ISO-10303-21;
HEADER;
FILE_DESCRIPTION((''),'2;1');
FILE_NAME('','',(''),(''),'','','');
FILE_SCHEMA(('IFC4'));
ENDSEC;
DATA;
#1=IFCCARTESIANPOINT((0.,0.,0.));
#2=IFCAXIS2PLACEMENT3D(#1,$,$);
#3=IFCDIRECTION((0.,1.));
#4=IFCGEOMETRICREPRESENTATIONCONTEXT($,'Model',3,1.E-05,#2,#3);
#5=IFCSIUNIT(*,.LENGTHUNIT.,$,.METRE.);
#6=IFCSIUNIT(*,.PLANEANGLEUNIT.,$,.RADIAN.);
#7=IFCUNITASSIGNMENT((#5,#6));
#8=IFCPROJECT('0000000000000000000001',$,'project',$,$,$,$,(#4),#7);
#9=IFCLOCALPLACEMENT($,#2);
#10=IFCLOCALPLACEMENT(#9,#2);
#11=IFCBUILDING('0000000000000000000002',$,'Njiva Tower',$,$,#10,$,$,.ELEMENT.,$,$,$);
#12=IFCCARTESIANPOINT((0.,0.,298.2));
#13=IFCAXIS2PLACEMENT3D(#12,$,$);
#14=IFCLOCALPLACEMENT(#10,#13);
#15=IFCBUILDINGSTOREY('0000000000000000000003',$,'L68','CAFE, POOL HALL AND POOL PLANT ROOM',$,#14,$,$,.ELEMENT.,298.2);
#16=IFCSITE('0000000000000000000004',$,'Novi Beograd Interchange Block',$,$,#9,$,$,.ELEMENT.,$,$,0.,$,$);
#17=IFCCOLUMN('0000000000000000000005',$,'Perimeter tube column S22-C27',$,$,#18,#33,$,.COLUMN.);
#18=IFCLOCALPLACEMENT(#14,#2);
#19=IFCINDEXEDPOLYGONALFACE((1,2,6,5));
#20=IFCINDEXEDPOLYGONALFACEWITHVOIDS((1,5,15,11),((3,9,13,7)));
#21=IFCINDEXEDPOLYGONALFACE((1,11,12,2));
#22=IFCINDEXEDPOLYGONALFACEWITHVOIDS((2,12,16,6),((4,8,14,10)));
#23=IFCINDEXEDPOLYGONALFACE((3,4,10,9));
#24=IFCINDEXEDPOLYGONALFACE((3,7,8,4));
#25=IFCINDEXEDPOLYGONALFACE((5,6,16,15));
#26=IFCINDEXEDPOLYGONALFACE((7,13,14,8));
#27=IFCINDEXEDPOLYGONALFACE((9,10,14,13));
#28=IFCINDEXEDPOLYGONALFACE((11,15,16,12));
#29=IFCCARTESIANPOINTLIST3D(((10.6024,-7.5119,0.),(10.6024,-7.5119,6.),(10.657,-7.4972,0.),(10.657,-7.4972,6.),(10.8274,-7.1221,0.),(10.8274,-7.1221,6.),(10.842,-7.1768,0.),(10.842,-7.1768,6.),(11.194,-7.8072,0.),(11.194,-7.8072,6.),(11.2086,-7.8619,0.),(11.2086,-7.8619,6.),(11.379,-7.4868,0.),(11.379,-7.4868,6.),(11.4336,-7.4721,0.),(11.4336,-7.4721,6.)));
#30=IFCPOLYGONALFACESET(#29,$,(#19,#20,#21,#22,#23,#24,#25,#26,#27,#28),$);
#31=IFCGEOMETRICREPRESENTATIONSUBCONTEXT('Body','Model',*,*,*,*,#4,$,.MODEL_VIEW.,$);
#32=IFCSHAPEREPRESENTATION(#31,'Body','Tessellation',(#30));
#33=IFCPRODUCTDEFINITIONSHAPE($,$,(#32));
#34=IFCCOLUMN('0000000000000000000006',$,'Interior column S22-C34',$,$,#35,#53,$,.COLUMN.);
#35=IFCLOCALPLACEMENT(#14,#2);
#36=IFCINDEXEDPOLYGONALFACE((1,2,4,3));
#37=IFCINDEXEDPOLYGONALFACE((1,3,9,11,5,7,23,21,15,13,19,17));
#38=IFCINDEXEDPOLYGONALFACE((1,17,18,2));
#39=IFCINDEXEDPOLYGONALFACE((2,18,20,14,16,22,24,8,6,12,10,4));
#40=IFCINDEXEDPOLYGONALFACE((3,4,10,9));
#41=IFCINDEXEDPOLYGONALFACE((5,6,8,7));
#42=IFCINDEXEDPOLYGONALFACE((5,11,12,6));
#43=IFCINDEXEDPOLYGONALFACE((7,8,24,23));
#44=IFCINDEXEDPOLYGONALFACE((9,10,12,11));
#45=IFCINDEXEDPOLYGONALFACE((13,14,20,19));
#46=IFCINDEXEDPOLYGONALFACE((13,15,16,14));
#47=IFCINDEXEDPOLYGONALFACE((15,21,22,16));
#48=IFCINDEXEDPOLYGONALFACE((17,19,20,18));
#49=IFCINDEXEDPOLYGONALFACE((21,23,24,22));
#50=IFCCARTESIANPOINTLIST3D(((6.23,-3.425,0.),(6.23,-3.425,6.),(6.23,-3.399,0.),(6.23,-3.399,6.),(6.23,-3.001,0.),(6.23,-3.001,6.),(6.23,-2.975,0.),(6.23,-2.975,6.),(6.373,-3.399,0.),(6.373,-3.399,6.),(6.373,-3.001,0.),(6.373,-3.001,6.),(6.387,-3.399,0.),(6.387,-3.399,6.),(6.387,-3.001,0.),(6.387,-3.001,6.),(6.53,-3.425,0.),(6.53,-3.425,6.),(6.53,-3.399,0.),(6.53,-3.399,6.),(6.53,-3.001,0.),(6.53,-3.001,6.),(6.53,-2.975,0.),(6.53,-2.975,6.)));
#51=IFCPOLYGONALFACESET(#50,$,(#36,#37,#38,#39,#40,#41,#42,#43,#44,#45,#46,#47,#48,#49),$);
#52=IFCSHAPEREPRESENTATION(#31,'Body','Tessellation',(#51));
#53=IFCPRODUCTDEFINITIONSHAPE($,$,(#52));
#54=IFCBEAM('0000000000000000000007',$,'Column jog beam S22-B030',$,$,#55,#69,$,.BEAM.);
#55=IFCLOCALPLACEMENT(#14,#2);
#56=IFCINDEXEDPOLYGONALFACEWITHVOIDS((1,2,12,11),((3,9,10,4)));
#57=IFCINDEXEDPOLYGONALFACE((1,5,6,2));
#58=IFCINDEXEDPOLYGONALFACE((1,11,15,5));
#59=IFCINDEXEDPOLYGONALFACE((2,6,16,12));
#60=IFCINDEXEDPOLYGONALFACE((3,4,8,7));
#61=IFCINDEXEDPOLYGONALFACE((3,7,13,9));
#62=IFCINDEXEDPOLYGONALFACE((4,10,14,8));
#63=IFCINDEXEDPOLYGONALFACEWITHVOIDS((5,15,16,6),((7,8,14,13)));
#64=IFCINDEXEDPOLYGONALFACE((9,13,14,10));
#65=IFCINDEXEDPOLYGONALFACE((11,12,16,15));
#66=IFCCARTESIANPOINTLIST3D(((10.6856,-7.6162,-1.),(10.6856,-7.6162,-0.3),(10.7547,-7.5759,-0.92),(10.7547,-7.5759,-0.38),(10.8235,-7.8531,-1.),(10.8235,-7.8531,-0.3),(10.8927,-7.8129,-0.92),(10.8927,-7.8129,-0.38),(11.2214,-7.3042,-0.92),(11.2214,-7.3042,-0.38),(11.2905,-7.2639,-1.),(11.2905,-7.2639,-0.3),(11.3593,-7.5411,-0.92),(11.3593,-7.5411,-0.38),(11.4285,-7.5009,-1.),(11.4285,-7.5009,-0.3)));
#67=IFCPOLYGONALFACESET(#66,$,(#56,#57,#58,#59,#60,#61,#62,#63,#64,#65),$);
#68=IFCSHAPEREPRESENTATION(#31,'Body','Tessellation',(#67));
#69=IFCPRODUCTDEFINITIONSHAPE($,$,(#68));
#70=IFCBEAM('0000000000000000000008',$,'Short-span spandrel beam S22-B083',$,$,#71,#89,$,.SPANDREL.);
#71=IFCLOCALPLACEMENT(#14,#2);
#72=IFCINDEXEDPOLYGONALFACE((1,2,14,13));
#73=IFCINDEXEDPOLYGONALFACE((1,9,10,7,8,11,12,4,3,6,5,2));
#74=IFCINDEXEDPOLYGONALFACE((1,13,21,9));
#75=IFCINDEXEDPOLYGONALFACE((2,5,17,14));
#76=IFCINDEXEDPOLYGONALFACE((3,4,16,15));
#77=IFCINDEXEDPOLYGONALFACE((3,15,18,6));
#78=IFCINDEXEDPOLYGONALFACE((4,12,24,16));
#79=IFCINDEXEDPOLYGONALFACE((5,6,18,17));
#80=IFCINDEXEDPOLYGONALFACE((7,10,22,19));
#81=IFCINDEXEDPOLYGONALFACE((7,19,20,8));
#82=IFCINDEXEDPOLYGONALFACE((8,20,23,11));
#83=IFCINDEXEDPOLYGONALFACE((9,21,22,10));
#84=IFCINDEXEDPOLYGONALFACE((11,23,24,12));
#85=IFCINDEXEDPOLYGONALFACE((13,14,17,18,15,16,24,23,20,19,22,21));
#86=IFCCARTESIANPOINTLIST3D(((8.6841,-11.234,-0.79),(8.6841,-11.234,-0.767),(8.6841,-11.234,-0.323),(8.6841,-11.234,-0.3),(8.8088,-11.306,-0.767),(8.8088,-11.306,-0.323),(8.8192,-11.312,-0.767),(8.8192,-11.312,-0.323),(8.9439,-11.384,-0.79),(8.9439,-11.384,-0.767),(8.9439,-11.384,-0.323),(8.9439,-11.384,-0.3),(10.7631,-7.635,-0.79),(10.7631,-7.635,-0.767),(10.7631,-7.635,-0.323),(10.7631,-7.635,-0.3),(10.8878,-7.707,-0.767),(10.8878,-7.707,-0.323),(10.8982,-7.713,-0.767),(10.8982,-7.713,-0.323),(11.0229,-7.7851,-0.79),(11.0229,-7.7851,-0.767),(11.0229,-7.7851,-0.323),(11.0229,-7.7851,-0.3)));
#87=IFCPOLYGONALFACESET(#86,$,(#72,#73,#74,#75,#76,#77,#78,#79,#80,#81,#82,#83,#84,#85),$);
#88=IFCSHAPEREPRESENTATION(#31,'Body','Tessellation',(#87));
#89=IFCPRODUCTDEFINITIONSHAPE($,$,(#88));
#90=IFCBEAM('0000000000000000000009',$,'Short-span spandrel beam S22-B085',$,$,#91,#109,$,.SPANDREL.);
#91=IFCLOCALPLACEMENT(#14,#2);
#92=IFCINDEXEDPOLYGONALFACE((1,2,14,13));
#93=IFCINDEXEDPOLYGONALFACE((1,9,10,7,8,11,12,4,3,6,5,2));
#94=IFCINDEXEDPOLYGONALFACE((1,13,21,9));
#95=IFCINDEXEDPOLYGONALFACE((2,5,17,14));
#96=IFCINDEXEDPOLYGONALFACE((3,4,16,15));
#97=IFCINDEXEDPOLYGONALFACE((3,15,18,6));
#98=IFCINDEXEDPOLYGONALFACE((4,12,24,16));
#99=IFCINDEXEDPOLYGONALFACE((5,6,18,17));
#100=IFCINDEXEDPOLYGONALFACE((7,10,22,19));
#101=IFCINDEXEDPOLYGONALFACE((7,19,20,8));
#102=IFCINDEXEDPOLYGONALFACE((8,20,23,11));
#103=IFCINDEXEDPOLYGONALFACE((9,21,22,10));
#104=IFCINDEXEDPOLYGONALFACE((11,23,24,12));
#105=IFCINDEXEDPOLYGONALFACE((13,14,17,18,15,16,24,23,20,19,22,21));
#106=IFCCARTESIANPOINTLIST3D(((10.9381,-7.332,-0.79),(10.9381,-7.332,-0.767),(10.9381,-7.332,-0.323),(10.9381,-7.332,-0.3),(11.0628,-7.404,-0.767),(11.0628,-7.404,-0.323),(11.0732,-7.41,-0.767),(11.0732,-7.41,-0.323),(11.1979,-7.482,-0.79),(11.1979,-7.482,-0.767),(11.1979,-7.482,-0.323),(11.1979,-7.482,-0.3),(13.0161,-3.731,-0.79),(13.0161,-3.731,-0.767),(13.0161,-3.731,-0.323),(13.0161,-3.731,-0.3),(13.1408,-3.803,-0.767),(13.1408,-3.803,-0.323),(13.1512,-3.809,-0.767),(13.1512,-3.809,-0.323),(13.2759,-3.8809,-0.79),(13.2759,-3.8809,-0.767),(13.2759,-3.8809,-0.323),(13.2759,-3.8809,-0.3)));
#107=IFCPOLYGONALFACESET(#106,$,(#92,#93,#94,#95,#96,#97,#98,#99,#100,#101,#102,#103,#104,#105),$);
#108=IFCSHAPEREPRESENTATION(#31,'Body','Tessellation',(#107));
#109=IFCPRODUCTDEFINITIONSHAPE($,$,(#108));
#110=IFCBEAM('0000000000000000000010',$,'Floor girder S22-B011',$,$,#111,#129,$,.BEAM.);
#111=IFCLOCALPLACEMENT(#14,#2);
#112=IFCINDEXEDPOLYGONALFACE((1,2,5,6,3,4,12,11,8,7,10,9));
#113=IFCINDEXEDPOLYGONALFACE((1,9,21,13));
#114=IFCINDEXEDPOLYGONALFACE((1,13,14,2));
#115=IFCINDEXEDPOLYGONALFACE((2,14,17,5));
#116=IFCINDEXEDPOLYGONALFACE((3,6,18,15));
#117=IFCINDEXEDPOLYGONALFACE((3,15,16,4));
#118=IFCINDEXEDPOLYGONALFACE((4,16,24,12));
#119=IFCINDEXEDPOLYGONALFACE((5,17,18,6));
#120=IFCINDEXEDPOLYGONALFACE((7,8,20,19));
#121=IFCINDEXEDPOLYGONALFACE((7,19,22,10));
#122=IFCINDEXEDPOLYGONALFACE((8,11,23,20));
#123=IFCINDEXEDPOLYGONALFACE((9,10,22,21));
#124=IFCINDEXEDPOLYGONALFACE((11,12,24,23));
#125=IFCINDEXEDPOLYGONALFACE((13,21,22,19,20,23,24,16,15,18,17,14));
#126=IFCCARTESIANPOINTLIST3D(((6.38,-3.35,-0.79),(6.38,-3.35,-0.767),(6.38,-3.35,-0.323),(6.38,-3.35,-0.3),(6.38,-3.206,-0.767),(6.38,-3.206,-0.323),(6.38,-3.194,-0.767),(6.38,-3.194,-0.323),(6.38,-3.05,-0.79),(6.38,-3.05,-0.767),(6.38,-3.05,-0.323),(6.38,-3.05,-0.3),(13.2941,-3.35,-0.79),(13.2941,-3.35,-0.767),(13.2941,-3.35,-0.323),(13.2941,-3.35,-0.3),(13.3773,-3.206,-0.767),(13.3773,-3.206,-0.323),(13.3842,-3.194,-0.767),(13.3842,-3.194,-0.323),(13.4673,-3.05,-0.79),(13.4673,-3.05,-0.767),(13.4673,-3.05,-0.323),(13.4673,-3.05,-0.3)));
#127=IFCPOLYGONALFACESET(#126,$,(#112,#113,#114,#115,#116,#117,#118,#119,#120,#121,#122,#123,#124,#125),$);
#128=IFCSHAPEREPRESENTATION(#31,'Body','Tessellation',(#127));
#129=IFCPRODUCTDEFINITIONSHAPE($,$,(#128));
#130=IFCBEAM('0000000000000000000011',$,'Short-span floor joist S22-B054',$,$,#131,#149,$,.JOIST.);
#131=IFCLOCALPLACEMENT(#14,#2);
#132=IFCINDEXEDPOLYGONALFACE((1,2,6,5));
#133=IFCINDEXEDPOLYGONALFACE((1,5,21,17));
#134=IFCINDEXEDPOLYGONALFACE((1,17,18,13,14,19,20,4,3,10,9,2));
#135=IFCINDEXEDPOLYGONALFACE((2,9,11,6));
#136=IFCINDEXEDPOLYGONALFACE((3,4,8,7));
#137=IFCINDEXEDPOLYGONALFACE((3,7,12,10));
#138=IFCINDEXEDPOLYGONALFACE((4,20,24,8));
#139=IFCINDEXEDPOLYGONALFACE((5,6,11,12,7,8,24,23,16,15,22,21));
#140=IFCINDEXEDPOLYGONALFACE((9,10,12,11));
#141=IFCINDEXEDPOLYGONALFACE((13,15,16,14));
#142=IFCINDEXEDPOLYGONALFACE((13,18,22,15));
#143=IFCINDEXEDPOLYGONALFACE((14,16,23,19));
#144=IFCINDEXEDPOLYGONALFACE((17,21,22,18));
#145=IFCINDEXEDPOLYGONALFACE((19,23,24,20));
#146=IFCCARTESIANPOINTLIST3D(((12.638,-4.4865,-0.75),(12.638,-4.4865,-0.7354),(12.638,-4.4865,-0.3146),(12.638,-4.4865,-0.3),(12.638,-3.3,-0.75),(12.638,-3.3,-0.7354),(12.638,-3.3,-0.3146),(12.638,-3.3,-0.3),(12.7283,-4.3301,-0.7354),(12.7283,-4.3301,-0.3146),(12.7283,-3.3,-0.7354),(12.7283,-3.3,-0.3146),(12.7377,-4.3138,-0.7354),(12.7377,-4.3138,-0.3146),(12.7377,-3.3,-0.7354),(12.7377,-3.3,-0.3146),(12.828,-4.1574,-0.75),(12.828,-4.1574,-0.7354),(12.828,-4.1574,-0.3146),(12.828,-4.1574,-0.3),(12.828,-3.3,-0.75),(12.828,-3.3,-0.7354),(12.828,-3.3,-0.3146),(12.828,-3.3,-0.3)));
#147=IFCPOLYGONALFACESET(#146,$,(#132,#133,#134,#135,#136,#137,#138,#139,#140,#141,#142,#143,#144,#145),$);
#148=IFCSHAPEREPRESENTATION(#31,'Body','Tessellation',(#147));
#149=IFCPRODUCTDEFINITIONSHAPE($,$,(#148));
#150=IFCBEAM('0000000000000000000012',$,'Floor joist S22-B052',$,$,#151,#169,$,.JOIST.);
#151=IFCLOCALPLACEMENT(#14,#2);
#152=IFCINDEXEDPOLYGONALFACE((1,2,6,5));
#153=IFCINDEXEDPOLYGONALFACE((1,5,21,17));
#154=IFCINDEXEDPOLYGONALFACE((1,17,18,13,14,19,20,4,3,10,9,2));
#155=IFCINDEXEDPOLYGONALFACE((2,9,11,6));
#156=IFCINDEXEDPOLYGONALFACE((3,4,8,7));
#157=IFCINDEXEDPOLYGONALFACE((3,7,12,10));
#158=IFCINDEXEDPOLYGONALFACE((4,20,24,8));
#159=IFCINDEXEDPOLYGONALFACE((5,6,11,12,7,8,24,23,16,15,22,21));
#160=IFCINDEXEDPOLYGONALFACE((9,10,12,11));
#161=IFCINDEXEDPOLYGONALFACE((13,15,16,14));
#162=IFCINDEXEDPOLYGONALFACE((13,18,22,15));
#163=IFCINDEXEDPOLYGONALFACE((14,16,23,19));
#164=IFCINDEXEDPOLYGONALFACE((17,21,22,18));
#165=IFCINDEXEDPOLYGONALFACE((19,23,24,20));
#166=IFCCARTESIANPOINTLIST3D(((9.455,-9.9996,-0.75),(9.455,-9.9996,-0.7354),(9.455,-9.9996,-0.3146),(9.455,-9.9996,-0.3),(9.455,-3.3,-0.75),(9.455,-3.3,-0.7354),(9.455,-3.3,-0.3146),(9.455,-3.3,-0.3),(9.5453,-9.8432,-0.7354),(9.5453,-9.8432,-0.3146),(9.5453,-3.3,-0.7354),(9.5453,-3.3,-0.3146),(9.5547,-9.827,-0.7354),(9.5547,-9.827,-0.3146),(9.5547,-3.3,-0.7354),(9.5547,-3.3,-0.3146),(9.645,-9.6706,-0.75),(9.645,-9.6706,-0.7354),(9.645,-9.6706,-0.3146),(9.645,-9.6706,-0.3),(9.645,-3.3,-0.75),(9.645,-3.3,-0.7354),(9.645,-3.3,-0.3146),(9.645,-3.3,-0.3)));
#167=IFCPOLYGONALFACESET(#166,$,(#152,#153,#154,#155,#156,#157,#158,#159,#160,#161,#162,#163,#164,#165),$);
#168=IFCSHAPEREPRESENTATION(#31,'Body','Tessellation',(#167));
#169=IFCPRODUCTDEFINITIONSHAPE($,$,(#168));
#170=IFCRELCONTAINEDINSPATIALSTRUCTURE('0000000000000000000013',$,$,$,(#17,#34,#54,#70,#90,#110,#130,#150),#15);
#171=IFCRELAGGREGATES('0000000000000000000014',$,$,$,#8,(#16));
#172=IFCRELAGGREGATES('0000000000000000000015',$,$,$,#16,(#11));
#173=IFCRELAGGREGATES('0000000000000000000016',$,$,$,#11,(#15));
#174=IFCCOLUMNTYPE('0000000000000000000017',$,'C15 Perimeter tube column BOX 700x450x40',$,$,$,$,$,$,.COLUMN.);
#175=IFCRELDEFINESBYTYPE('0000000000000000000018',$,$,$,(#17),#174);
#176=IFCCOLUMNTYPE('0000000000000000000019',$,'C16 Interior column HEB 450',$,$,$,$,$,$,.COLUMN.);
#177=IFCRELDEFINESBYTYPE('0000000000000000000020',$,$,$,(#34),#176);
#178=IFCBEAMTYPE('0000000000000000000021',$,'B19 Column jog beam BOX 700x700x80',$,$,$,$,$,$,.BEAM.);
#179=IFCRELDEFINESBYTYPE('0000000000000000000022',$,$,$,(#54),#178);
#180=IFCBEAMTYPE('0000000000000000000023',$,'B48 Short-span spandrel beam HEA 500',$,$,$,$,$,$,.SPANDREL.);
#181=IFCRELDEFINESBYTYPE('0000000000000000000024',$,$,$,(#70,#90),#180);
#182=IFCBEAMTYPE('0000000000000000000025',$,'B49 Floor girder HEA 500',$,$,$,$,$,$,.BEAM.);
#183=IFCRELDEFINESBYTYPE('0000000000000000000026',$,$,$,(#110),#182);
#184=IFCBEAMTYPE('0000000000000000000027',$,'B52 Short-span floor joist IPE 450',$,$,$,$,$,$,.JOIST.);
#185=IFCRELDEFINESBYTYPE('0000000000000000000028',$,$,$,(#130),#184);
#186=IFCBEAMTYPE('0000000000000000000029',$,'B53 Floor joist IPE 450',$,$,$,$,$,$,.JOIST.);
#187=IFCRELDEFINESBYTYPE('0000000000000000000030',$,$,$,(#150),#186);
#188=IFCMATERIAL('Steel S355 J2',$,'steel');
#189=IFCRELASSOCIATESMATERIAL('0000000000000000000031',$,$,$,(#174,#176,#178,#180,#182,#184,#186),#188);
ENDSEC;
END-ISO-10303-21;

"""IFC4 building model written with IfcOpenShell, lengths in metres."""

from ifc_helpers import new_model, si_unit, direction, frame, origin, origin_2d, place, context, subcontext, project, spatial, hollow_rectangle, i_section, extrude, clip, halfspace, material, material_profile, profile_set, type_object, element, save


model = new_model("IFC4")

# Units and contexts
model_context = context("Model", 3, precision=1e-05, world=origin(), true_north=direction((0.0, 1.0)))
body_context = subcontext(model_context, "Body", "Model", "MODEL_VIEW")
ifc_project = project(units=[si_unit("LENGTHUNIT", "METRE"), si_unit("PLANEANGLEUNIT", "RADIAN")], contexts=[model_context])

# Site, building, storey
site_placement = place(None, origin())
site = spatial("IfcSite", under=ifc_project, at=site_placement, Name="Novi Beograd Interchange Block", CompositionType="ELEMENT", RefElevation=0.0)
building_placement = place(site_placement, origin())
building = spatial("IfcBuilding", under=site, at=building_placement, Name="Njiva Tower", CompositionType="ELEMENT")
storey_placement = place(building_placement, frame((0.0, 0.0, 298.2)))
storey = spatial("IfcBuildingStorey", under=building, at=storey_placement, Name="L68", Description="CAFE, POOL HALL AND POOL PLANT ROOM", CompositionType="ELEMENT", Elevation=298.2)

# Columns
ifc_material_1 = material(Name="Steel S355 J2", Category="steel")
ifc_material_profile_1 = material_profile(ifc_material_1, hollow_rectangle(XDim=0.45, YDim=0.7, WallThickness=0.04, at=origin_2d()), Name="BOX 700x450x40")
ifc_profile_set_1 = profile_set([ifc_material_profile_1], Name="Steel S355 J2")
column_type_1 = type_object("IfcColumnType", Name="C15 Perimeter tube column BOX 700x450x40", PredefinedType="COLUMN", material=ifc_profile_set_1)
column_1_placement = place(storey_placement, frame((11.018, -7.492, 0.0), z_axis=(0.0, 0.0, 1.0), x_axis=(0.5, 0.866025, 0.0)))
element("IfcColumn", 1, at=column_1_placement, inside=storey, type_object=column_type_1, Name="Perimeter tube column S22-C27", PredefinedType="COLUMN", context=body_context, shape_type="SweptSolid", body=[
    extrude(hollow_rectangle(XDim=0.45, YDim=0.7, WallThickness=0.04, at=origin_2d()), origin(), (0.0, 0.0, 1.0), 6.0),
])
ifc_material_profile_2 = material_profile(ifc_material_1, i_section(OverallWidth=0.3, OverallDepth=0.45, WebThickness=0.014, FlangeThickness=0.026, at=origin_2d()), Name="HEB 450")
ifc_profile_set_2 = profile_set([ifc_material_profile_2], Name="Steel S355 J2")
column_type_2 = type_object("IfcColumnType", Name="C16 Interior column HEB 450", PredefinedType="COLUMN", material=ifc_profile_set_2)
column_2_placement = place(storey_placement, frame((6.38, -3.2, 0.0), z_axis=(0.0, 0.0, 1.0), x_axis=(1.0, 0.0, 0.0)))
element("IfcColumn", 2, at=column_2_placement, inside=storey, type_object=column_type_2, Name="Interior column S22-C34", PredefinedType="COLUMN", context=body_context, shape_type="SweptSolid", body=[
    extrude(i_section(OverallWidth=0.3, OverallDepth=0.45, WebThickness=0.014, FlangeThickness=0.026, at=origin_2d()), origin(), (0.0, 0.0, 1.0), 6.0),
])

# Beams
ifc_material_profile_3 = material_profile(ifc_material_1, hollow_rectangle(XDim=0.7, YDim=0.7, WallThickness=0.08, at=origin_2d()), Name="BOX 700x700x80")
ifc_profile_set_3 = profile_set([ifc_material_profile_3], Name="Steel S355 J2")
beam_type_1 = type_object("IfcBeamType", Name="B19 Column jog beam BOX 700x700x80", PredefinedType="BEAM", material=ifc_profile_set_3)
beam_1_placement = place(storey_placement, frame((11.126, -7.677, -0.65), z_axis=(-0.503191, 0.864175, 0.0), x_axis=(-0.864175, -0.503191, 0.0)))
element("IfcBeam", 3, at=beam_1_placement, inside=storey, type_object=beam_type_1, Name="Column jog beam S22-B030", PredefinedType="BEAM", context=body_context, shape_type="SweptSolid", body=[
    extrude(hollow_rectangle(XDim=0.7, YDim=0.7, WallThickness=0.08, at=origin_2d()), origin(), (0.0, 0.0, 1.0), 0.2742),
])
ifc_material_profile_4 = material_profile(ifc_material_1, i_section(OverallWidth=0.3, OverallDepth=0.49, WebThickness=0.012, FlangeThickness=0.023, at=origin_2d()), Name="HEA 500")
ifc_profile_set_4 = profile_set([ifc_material_profile_4], Name="Steel S355 J2")
beam_type_2 = type_object("IfcBeamType", Name="B48 Short-span spandrel beam HEA 500", PredefinedType="SPANDREL", material=ifc_profile_set_4)
beam_2_placement = place(storey_placement, frame((8.814, -11.309, -0.545), z_axis=(0.500201, 0.865909, 0.0), x_axis=(-0.865909, 0.500201, 0.0)))
element("IfcBeam", 4, at=beam_2_placement, inside=storey, type_object=beam_type_2, Name="Short-span spandrel beam S22-B083", PredefinedType="SPANDREL", context=body_context, shape_type="SweptSolid", body=[
    extrude(i_section(OverallWidth=0.3, OverallDepth=0.49, WebThickness=0.012, FlangeThickness=0.023, at=origin_2d()), origin(), (0.0, 0.0, 1.0), 4.1563),
])
beam_3_placement = place(storey_placement, frame((11.068, -7.407, -0.545), z_axis=(0.499813, 0.866134, 0.0), x_axis=(-0.866134, 0.499813, 0.0)))
element("IfcBeam", 5, at=beam_3_placement, inside=storey, type_object=beam_type_2, Name="Short-span spandrel beam S22-B085", PredefinedType="SPANDREL", context=body_context, shape_type="SweptSolid", body=[
    extrude(i_section(OverallWidth=0.3, OverallDepth=0.49, WebThickness=0.012, FlangeThickness=0.023, at=origin_2d()), origin(), (0.0, 0.0, 1.0), 4.1576),
])
ifc_material_profile_5 = material_profile(ifc_material_1, i_section(OverallWidth=0.3, OverallDepth=0.49, WebThickness=0.012, FlangeThickness=0.023, at=origin_2d()), Name="HEA 500")
ifc_profile_set_5 = profile_set([ifc_material_profile_5], Name="Steel S355 J2")
beam_type_3 = type_object("IfcBeamType", Name="B49 Floor girder HEA 500", PredefinedType="BEAM", material=ifc_profile_set_5)
beam_4_placement = place(storey_placement, frame((6.38, -3.2, -0.545), z_axis=(1.0, 0.0, 0.0), x_axis=(0.0, 1.0, 0.0)))
element("IfcBeam", 6, at=beam_4_placement, inside=storey, type_object=beam_type_3, Name="Floor girder S22-B011", PredefinedType="BEAM", context=body_context, shape_type="Clipping", body=[
    clip(extrude(i_section(OverallWidth=0.3, OverallDepth=0.49, WebThickness=0.012, FlangeThickness=0.023, at=origin_2d()), origin(), (0.0, 0.0, 1.0), 7.108), halfspace(frame((-0.025, 0.0, 6.9863), z_axis=(-0.499998, 0.0, 0.866027), x_axis=(0.0, 1.0, 0.0)), False)),
])
ifc_material_profile_6 = material_profile(ifc_material_1, i_section(OverallWidth=0.19, OverallDepth=0.45, WebThickness=0.0094, FlangeThickness=0.0146, at=origin_2d()), Name="IPE 450")
ifc_profile_set_6 = profile_set([ifc_material_profile_6], Name="Steel S355 J2")
beam_type_4 = type_object("IfcBeamType", Name="B52 Short-span floor joist IPE 450", PredefinedType="JOIST", material=ifc_profile_set_6)
beam_5_placement = place(storey_placement, frame((12.733, -3.3, -0.525), z_axis=(0.0, -1.0, 0.0), x_axis=(1.0, 0.0, 0.0)))
element("IfcBeam", 7, at=beam_5_placement, inside=storey, type_object=beam_type_4, Name="Short-span floor joist S22-B054", PredefinedType="JOIST", context=body_context, shape_type="Clipping", body=[
    clip(extrude(i_section(OverallWidth=0.19, OverallDepth=0.45, WebThickness=0.0094, FlangeThickness=0.0146, at=origin_2d()), origin(), (0.0, 0.0, 1.0), 1.206), halfspace(frame((0.0436, 0.0, 0.9464), z_axis=(0.866027, 0.0, 0.499998), x_axis=(0.0, 1.0, 0.0)), False)),
])
ifc_material_profile_7 = material_profile(ifc_material_1, i_section(OverallWidth=0.19, OverallDepth=0.45, WebThickness=0.0094, FlangeThickness=0.0146, at=origin_2d()), Name="IPE 450")
ifc_profile_set_7 = profile_set([ifc_material_profile_7], Name="Steel S355 J2")
beam_type_5 = type_object("IfcBeamType", Name="B53 Floor joist IPE 450", PredefinedType="JOIST", material=ifc_profile_set_7)
beam_6_placement = place(storey_placement, frame((9.55, -3.3, -0.525), z_axis=(0.0, -1.0, 0.0), x_axis=(1.0, 0.0, 0.0)))
element("IfcBeam", 8, at=beam_6_placement, inside=storey, type_object=beam_type_5, Name="Floor joist S22-B052", PredefinedType="JOIST", context=body_context, shape_type="Clipping", body=[
    clip(extrude(i_section(OverallWidth=0.19, OverallDepth=0.45, WebThickness=0.0094, FlangeThickness=0.0146, at=origin_2d()), origin(), (0.0, 0.0, 1.0), 6.72), halfspace(frame((0.0433, 0.0, 6.4601), z_axis=(0.866027, 0.0, 0.499998), x_axis=(0.0, 1.0, 0.0)), False)),
])

save(model, "model.ifc")
